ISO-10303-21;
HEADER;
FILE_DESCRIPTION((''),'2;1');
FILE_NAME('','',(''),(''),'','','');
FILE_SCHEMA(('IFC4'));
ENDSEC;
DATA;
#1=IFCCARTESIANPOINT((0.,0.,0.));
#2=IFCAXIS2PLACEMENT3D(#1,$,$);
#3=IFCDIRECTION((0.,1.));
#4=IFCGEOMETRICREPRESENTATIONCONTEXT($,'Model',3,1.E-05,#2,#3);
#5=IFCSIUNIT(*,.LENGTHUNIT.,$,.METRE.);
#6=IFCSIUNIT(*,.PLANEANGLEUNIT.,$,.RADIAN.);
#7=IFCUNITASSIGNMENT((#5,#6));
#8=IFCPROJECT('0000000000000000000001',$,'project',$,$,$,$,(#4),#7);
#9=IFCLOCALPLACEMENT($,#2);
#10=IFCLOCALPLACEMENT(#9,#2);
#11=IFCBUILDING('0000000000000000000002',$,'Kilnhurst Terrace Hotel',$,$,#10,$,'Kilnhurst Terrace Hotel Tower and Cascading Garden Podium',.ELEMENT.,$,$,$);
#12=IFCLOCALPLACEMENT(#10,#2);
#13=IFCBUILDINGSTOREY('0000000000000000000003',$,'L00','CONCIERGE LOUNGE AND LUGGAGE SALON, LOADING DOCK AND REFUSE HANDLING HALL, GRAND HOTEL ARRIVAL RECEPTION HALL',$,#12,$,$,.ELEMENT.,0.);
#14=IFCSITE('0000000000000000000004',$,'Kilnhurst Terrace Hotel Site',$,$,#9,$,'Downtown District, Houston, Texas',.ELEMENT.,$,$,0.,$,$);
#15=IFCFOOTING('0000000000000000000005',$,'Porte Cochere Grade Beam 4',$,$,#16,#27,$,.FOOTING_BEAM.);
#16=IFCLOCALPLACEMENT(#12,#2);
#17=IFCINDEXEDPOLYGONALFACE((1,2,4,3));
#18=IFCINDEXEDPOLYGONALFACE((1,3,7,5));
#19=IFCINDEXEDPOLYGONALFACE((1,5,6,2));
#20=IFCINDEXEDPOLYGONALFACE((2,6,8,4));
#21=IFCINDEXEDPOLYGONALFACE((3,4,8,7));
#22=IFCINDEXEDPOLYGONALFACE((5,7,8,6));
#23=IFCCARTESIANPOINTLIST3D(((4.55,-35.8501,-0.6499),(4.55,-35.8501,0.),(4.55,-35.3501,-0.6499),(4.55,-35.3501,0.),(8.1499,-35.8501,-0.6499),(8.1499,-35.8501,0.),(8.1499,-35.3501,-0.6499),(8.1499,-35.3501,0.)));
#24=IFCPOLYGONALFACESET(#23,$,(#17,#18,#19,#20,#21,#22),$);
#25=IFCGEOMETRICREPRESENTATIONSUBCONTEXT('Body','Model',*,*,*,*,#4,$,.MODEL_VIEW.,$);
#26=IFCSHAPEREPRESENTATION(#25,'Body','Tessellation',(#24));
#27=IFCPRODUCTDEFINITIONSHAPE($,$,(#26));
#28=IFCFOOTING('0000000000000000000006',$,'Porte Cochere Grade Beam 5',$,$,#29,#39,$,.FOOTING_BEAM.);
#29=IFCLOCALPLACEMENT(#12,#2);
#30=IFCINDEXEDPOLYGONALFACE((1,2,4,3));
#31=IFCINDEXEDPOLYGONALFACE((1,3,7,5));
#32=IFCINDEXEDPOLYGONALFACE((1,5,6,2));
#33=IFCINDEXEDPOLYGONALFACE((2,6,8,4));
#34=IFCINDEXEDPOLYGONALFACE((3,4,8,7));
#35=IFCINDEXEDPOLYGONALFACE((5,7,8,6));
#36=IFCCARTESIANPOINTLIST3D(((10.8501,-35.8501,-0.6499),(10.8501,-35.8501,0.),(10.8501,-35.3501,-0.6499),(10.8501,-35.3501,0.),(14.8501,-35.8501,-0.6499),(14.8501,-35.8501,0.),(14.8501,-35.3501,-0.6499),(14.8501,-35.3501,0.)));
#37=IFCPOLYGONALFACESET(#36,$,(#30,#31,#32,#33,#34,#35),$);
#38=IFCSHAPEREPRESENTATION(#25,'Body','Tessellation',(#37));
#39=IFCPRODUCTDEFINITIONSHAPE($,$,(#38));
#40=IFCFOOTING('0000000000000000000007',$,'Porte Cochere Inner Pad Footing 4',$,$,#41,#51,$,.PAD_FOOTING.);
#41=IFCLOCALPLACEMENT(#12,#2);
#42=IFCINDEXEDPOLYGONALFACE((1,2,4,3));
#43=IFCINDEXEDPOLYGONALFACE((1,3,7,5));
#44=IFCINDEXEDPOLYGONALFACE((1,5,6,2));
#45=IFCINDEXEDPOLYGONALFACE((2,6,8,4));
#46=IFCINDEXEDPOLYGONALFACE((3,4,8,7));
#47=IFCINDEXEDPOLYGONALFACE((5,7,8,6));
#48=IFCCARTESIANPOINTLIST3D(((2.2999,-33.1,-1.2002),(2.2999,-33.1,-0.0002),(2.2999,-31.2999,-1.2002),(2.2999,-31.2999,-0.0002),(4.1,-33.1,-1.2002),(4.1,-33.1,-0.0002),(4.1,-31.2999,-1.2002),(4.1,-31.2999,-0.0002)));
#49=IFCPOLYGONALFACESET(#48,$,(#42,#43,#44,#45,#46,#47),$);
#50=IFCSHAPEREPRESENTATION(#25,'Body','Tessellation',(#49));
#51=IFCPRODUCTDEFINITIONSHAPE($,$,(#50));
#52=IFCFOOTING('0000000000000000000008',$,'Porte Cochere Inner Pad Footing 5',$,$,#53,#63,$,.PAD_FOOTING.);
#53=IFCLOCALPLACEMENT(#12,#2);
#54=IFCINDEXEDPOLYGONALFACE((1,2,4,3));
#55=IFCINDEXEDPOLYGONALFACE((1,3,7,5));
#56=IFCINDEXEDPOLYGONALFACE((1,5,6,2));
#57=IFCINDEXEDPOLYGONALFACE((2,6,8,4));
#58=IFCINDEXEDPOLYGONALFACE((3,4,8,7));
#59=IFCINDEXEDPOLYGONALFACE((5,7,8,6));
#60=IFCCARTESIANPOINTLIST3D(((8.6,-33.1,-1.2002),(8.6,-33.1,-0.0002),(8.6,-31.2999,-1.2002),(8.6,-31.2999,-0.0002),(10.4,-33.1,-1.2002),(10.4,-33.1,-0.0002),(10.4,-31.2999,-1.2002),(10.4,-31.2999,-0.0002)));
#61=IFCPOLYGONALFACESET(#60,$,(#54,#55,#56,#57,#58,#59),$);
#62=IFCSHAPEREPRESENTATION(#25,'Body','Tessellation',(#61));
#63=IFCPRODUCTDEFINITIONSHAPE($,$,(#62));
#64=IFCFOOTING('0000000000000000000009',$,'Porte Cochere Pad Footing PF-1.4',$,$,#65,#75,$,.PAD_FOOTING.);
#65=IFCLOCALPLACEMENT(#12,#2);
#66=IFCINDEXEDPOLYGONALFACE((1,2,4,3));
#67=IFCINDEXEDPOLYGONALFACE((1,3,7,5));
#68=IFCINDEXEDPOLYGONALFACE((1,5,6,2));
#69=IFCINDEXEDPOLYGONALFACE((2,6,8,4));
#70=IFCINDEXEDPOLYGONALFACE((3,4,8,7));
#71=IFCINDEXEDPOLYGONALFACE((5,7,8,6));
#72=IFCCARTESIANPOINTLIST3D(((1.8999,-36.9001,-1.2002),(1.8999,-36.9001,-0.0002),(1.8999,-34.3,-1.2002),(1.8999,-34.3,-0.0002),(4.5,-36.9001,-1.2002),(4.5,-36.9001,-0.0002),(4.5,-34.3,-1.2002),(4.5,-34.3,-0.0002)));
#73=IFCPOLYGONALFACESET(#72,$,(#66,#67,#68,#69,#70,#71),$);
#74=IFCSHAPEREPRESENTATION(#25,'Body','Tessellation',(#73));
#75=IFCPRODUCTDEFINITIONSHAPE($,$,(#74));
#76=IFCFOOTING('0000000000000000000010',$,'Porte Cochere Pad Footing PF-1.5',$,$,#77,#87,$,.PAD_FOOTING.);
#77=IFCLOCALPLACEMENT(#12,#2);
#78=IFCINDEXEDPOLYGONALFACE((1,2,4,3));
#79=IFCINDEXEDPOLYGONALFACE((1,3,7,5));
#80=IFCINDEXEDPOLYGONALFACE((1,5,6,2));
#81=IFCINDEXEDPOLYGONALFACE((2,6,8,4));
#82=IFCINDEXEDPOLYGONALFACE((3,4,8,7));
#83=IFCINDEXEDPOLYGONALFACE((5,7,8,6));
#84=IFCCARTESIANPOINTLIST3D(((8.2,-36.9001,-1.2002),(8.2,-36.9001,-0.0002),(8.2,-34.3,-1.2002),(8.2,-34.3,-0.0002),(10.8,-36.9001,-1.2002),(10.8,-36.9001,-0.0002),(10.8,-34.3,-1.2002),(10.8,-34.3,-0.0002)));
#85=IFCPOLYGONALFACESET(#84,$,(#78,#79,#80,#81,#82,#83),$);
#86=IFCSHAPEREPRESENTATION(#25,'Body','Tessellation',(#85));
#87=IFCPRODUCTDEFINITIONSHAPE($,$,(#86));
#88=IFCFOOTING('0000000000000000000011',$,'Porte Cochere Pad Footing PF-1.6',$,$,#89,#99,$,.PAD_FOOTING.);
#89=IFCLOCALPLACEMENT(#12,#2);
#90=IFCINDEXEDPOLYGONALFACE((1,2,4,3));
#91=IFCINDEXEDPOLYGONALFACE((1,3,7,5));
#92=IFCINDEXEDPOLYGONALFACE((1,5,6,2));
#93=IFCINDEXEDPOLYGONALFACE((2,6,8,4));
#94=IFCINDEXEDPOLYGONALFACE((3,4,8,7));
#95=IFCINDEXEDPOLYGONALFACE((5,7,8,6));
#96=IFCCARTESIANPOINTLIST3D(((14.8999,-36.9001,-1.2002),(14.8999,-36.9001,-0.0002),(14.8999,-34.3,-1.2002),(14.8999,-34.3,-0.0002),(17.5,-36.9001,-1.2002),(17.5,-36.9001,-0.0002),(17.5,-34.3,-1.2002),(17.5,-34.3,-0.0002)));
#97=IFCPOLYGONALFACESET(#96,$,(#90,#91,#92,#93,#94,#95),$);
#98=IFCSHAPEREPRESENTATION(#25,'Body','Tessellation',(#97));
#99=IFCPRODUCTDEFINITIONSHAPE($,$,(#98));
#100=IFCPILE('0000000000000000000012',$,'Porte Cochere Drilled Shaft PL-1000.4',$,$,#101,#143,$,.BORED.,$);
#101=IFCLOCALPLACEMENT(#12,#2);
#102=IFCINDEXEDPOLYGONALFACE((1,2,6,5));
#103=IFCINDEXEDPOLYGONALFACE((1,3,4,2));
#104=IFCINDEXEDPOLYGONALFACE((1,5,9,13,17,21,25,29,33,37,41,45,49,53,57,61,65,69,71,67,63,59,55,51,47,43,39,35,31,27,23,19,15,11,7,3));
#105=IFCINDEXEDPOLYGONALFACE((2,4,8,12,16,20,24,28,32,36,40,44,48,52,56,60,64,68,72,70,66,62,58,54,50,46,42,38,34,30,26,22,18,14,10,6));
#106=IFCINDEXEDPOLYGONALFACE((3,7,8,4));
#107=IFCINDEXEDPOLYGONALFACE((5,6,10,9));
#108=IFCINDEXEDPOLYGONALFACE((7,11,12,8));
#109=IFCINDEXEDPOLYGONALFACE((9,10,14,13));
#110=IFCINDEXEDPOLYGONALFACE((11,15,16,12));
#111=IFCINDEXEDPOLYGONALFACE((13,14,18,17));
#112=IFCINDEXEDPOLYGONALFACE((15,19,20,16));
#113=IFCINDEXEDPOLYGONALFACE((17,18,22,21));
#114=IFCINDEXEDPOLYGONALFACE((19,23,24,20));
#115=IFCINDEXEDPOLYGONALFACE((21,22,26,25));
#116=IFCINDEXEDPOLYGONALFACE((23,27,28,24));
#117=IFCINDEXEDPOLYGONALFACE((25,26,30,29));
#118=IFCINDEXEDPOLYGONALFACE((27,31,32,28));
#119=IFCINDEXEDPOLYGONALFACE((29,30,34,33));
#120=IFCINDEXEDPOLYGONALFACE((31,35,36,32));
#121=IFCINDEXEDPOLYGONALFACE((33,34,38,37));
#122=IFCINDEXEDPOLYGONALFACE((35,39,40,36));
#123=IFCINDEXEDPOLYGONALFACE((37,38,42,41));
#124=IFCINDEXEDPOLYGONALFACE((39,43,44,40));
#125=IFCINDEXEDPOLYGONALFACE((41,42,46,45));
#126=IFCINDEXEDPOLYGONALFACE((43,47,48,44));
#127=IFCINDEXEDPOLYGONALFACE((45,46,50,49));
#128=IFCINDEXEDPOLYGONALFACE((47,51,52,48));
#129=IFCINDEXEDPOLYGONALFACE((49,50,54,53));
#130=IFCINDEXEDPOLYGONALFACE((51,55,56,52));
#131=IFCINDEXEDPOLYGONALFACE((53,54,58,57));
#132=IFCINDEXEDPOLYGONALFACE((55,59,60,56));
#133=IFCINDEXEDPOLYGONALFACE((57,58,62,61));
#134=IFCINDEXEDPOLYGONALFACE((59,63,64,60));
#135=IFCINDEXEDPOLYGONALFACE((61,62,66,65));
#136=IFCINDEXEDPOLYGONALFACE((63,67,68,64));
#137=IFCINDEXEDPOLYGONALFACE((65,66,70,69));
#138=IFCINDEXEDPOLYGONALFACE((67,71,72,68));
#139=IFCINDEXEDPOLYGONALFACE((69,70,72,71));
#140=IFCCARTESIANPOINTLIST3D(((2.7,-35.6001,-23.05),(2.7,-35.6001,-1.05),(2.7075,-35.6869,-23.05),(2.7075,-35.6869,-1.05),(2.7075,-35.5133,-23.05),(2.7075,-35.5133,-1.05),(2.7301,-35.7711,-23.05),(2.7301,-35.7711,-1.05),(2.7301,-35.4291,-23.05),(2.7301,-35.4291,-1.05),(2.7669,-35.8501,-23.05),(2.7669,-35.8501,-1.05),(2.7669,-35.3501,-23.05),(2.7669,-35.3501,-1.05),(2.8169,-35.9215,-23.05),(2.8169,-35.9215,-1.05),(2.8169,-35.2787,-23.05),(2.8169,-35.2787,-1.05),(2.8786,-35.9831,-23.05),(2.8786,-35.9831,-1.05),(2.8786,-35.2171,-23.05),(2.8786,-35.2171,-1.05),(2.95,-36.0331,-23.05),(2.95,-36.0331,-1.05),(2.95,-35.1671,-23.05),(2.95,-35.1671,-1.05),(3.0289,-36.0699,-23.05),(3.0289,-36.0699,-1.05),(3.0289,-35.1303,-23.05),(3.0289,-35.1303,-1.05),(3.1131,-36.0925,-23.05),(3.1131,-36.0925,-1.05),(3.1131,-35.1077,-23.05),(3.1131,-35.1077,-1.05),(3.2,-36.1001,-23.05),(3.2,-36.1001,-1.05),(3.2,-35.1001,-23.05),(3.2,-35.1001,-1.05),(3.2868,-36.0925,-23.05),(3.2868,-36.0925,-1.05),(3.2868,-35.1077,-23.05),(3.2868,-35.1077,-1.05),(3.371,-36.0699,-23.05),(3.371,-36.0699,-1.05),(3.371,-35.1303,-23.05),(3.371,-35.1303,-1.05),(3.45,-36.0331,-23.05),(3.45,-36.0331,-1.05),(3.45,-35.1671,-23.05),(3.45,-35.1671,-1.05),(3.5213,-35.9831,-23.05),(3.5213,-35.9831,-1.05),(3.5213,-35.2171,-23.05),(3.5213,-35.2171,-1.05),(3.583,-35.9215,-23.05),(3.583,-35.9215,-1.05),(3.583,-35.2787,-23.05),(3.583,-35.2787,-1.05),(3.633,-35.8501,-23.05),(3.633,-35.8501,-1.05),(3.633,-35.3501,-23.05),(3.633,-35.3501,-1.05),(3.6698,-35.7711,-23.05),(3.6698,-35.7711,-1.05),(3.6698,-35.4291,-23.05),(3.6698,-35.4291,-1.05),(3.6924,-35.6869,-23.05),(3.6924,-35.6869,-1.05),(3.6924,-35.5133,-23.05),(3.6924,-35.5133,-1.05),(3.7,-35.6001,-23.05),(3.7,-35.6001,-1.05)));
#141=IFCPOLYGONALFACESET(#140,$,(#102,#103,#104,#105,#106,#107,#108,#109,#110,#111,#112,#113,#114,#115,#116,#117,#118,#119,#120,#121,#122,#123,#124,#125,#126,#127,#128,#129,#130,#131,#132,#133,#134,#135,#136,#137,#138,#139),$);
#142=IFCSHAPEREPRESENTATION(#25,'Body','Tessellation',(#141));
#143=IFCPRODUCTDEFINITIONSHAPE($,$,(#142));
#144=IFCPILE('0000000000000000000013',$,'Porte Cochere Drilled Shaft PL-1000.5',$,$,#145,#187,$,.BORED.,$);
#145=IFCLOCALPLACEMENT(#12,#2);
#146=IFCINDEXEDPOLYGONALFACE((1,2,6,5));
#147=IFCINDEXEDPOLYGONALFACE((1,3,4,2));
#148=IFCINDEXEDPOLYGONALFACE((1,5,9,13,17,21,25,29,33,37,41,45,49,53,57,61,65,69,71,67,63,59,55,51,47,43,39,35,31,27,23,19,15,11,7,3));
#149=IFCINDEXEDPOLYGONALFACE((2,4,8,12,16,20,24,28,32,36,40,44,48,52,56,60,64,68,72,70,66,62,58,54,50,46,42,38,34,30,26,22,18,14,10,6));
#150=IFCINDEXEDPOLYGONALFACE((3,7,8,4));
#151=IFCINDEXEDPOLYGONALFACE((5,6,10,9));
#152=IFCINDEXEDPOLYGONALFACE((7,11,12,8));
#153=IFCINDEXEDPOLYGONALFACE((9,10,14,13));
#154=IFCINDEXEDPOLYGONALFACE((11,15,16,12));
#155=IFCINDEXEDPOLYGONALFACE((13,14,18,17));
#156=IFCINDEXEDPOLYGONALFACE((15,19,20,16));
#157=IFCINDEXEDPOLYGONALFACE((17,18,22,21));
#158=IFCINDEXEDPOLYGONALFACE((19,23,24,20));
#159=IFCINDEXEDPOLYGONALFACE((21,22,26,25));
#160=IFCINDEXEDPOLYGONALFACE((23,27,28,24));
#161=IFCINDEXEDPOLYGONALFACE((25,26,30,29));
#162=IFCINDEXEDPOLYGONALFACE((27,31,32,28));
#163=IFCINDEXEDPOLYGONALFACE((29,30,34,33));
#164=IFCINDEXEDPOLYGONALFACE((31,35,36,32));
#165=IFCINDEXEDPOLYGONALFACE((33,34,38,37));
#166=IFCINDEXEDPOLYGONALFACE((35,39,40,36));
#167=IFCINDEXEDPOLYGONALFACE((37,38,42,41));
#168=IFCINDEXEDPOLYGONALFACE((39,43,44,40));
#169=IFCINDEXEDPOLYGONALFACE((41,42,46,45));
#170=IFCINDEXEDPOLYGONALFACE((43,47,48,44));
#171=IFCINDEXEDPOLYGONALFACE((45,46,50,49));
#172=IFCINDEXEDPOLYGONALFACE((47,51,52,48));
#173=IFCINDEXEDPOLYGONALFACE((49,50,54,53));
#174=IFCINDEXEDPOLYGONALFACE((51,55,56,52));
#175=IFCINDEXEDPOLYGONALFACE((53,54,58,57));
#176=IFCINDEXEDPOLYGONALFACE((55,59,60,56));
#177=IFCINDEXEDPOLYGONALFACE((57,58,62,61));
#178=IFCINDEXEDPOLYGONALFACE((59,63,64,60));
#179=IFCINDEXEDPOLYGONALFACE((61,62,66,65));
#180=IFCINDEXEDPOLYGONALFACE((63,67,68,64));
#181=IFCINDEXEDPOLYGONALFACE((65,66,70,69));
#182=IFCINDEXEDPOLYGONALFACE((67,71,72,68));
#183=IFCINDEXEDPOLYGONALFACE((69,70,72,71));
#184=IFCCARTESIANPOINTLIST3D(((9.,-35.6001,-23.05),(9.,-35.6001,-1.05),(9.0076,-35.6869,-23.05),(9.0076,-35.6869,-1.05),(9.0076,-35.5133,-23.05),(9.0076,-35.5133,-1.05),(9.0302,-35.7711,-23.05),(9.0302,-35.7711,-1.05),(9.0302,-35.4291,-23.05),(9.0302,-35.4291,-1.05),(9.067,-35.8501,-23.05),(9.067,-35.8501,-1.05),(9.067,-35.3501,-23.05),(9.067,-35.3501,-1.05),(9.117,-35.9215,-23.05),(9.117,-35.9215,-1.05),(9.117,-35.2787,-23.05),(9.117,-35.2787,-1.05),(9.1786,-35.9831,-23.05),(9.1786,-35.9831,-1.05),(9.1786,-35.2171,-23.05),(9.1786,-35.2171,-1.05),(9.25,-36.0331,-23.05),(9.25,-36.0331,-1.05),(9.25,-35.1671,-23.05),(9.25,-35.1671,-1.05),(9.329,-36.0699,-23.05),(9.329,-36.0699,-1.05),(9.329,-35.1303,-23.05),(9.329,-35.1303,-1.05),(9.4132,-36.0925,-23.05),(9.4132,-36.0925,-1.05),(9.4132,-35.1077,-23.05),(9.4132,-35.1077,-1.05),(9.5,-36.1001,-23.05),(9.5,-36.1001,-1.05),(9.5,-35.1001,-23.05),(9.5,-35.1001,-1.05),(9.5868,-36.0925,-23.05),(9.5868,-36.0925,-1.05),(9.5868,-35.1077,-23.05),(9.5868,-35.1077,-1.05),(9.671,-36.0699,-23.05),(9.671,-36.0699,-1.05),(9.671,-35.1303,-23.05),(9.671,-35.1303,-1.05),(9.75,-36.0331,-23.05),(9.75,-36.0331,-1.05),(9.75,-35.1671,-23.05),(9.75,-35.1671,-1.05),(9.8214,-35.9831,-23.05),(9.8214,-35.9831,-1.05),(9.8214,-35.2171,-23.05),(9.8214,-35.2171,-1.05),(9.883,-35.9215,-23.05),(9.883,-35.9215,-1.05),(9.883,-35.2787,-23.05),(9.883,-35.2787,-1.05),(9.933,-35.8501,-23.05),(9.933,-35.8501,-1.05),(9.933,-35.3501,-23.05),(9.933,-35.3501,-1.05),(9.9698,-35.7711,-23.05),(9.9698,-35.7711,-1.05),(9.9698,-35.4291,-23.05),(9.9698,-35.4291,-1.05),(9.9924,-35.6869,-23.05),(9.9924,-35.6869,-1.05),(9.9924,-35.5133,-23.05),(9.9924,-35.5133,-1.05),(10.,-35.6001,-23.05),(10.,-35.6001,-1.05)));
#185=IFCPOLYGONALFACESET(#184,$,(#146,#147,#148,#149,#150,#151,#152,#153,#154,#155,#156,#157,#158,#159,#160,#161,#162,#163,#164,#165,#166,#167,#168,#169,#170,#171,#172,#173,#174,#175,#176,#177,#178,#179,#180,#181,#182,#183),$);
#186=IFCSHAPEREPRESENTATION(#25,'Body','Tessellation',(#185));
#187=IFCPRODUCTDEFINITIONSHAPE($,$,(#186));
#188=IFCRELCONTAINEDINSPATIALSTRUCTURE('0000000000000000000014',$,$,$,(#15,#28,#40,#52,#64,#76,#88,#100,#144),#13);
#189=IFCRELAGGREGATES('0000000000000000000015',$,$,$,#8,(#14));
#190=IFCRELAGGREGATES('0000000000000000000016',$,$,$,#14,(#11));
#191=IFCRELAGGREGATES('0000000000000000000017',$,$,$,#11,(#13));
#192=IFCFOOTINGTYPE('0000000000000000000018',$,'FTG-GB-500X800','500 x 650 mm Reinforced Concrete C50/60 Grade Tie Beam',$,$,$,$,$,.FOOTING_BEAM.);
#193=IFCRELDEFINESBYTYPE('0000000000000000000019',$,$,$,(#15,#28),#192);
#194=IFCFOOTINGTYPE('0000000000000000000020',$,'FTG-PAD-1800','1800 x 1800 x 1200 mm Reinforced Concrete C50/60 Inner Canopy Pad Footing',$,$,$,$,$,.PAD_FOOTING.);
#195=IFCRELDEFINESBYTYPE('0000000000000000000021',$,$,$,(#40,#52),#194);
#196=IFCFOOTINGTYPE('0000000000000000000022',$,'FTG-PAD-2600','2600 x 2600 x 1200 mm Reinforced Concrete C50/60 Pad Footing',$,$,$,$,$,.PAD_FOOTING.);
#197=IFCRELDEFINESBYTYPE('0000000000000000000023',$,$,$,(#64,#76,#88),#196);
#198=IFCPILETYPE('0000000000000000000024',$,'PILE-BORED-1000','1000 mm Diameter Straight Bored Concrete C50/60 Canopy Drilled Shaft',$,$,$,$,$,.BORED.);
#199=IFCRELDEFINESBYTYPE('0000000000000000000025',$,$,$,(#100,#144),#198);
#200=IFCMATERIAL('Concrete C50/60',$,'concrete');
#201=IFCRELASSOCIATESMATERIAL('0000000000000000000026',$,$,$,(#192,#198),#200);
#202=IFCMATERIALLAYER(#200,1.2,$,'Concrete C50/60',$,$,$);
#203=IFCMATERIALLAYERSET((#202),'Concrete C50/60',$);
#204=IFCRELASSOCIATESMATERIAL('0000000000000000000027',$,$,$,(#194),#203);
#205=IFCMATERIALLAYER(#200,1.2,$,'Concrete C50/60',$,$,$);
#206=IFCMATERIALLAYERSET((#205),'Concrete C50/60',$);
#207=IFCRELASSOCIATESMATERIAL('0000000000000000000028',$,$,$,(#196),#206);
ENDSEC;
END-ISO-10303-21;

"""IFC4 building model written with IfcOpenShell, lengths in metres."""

from ifc_helpers import new_model, si_unit, direction, frame, origin, origin_2d, place, context, subcontext, project, spatial, rectangle, circle, extrude, material, layer, layer_set, material_profile, profile_set, type_object, element, save


model = new_model("IFC4")

# Units and contexts
model_context = context("Model", 3, precision=1e-05, world=origin(), true_north=direction((0.0, 1.0)))
body_context = subcontext(model_context, "Body", "Model", "MODEL_VIEW")
ifc_project = project(units=[si_unit("LENGTHUNIT", "METRE"), si_unit("PLANEANGLEUNIT", "RADIAN")], contexts=[model_context])

# Site, building, storey
site_placement = place(None, origin())
site = spatial("IfcSite", under=ifc_project, at=site_placement, Name="Kilnhurst Terrace Hotel Site", LongName="Downtown District, Houston, Texas", CompositionType="ELEMENT", RefElevation=0.0)
building_placement = place(site_placement, origin())
building = spatial("IfcBuilding", under=site, at=building_placement, Name="Kilnhurst Terrace Hotel", LongName="Kilnhurst Terrace Hotel Tower and Cascading Garden Podium", CompositionType="ELEMENT")
storey_placement = place(building_placement, origin())
storey = spatial("IfcBuildingStorey", under=building, at=storey_placement, Name="L00", Description="CONCIERGE LOUNGE AND LUGGAGE SALON, LOADING DOCK AND REFUSE HANDLING HALL, GRAND HOTEL ARRIVAL RECEPTION HALL", CompositionType="ELEMENT", Elevation=0.0)

# Footings
ifc_material_1 = material(Name="Concrete C50/60", Category="concrete")
ifc_material_profile_1 = material_profile(ifc_material_1, rectangle(XDim=0.5, YDim=0.6499, at=origin_2d()), Name="RC500X650")
ifc_profile_set_1 = profile_set([ifc_material_profile_1], Name="Concrete C50/60")
footing_type_1 = type_object("IfcFootingType", Name="FTG-GB-500X800", Description="500 x 650 mm Reinforced Concrete C50/60 Grade Tie Beam", PredefinedType="FOOTING_BEAM", material=ifc_profile_set_1)
footing_1_placement = place(storey_placement, frame((4.55, -35.6001, -0.325), z_axis=(1.0, 0.0, 0.0), x_axis=(0.0, 1.0, 0.0)))
element("IfcFooting", 1, at=footing_1_placement, inside=storey, type_object=footing_type_1, Name="Porte Cochere Grade Beam 4", PredefinedType="FOOTING_BEAM", context=body_context, shape_type="SweptSolid", body=[
    extrude(rectangle(XDim=0.5, YDim=0.6499, at=origin_2d()), origin(), (0.0, 0.0, 1.0), 3.5999),
])
footing_2_placement = place(storey_placement, frame((10.8501, -35.6001, -0.325), z_axis=(1.0, 0.0, 0.0), x_axis=(0.0, 1.0, 0.0)))
element("IfcFooting", 2, at=footing_2_placement, inside=storey, type_object=footing_type_1, Name="Porte Cochere Grade Beam 5", PredefinedType="FOOTING_BEAM", context=body_context, shape_type="SweptSolid", body=[
    extrude(rectangle(XDim=0.5, YDim=0.6499, at=origin_2d()), origin(), (0.0, 0.0, 1.0), 4.0),
])
ifc_layer_1 = layer(ifc_material_1, 1.2, Name="Concrete C50/60")
ifc_layer_set_1 = layer_set([ifc_layer_1], Name="Concrete C50/60")
footing_type_2 = type_object("IfcFootingType", Name="FTG-PAD-1800", Description="1800 x 1800 x 1200 mm Reinforced Concrete C50/60 Inner Canopy Pad Footing", PredefinedType="PAD_FOOTING", material=ifc_layer_set_1)
for number, where, z_axis, x_axis, name in (
    (3, (3.2, -32.2, -1.2002), (0.0, 0.0, 1.0), (1.0, 0.0, 0.0), "Porte Cochere Inner Pad Footing 4"),
    (4, (9.5, -32.2, -1.2002), (0.0, 0.0, 1.0), (1.0, 0.0, 0.0), "Porte Cochere Inner Pad Footing 5"),
):
    element("IfcFooting", number, at=place(storey_placement, frame(where, z_axis=z_axis, x_axis=x_axis)), inside=storey, type_object=footing_type_2, Name=name, PredefinedType="PAD_FOOTING", context=body_context, shape_type="SweptSolid", body=[
        extrude(rectangle(XDim=1.8, YDim=1.8, at=origin_2d()), origin(), (0.0, 0.0, 1.0), 1.2),
    ])
ifc_layer_2 = layer(ifc_material_1, 1.2, Name="Concrete C50/60")
ifc_layer_set_2 = layer_set([ifc_layer_2], Name="Concrete C50/60")
footing_type_3 = type_object("IfcFootingType", Name="FTG-PAD-2600", Description="2600 x 2600 x 1200 mm Reinforced Concrete C50/60 Pad Footing", PredefinedType="PAD_FOOTING", material=ifc_layer_set_2)
for number, where, z_axis, x_axis, name in (
    (5, (3.2, -35.6001, -1.2002), (0.0, 0.0, 1.0), (1.0, 0.0, 0.0), "Porte Cochere Pad Footing PF-1.4"),
    (6, (9.5, -35.6001, -1.2002), (0.0, 0.0, 1.0), (1.0, 0.0, 0.0), "Porte Cochere Pad Footing PF-1.5"),
    (7, (16.2, -35.6001, -1.2002), (0.0, 0.0, 1.0), (1.0, 0.0, 0.0), "Porte Cochere Pad Footing PF-1.6"),
):
    element("IfcFooting", number, at=place(storey_placement, frame(where, z_axis=z_axis, x_axis=x_axis)), inside=storey, type_object=footing_type_3, Name=name, PredefinedType="PAD_FOOTING", context=body_context, shape_type="SweptSolid", body=[
        extrude(rectangle(XDim=2.6001, YDim=2.6001, at=origin_2d()), origin(), (0.0, 0.0, 1.0), 1.2),
    ])

# Piles
ifc_material_profile_2 = material_profile(ifc_material_1, circle(Radius=0.5, at=origin_2d()), Name="PILE1000")
ifc_profile_set_2 = profile_set([ifc_material_profile_2], Name="Concrete C50/60")
pile_type = type_object("IfcPileType", Name="PILE-BORED-1000", Description="1000 mm Diameter Straight Bored Concrete C50/60 Canopy Drilled Shaft", PredefinedType="BORED", material=ifc_profile_set_2)
for number, where, z_axis, x_axis, name in (
    (8, (3.2, -35.6001, -1.05), (0.0, 0.0, -1.0), (1.0, 0.0, 0.0), "Porte Cochere Drilled Shaft PL-1000.4"),
    (9, (9.5, -35.6001, -1.05), (0.0, 0.0, -1.0), (1.0, 0.0, 0.0), "Porte Cochere Drilled Shaft PL-1000.5"),
):
    element("IfcPile", number, at=place(storey_placement, frame(where, z_axis=z_axis, x_axis=x_axis)), inside=storey, type_object=pile_type, Name=name, PredefinedType="BORED", context=body_context, shape_type="SweptSolid", body=[
        extrude(circle(Radius=0.5, at=origin_2d()), origin(), (0.0, 0.0, 1.0), 22.0),
    ])

save(model, "model.ifc")
